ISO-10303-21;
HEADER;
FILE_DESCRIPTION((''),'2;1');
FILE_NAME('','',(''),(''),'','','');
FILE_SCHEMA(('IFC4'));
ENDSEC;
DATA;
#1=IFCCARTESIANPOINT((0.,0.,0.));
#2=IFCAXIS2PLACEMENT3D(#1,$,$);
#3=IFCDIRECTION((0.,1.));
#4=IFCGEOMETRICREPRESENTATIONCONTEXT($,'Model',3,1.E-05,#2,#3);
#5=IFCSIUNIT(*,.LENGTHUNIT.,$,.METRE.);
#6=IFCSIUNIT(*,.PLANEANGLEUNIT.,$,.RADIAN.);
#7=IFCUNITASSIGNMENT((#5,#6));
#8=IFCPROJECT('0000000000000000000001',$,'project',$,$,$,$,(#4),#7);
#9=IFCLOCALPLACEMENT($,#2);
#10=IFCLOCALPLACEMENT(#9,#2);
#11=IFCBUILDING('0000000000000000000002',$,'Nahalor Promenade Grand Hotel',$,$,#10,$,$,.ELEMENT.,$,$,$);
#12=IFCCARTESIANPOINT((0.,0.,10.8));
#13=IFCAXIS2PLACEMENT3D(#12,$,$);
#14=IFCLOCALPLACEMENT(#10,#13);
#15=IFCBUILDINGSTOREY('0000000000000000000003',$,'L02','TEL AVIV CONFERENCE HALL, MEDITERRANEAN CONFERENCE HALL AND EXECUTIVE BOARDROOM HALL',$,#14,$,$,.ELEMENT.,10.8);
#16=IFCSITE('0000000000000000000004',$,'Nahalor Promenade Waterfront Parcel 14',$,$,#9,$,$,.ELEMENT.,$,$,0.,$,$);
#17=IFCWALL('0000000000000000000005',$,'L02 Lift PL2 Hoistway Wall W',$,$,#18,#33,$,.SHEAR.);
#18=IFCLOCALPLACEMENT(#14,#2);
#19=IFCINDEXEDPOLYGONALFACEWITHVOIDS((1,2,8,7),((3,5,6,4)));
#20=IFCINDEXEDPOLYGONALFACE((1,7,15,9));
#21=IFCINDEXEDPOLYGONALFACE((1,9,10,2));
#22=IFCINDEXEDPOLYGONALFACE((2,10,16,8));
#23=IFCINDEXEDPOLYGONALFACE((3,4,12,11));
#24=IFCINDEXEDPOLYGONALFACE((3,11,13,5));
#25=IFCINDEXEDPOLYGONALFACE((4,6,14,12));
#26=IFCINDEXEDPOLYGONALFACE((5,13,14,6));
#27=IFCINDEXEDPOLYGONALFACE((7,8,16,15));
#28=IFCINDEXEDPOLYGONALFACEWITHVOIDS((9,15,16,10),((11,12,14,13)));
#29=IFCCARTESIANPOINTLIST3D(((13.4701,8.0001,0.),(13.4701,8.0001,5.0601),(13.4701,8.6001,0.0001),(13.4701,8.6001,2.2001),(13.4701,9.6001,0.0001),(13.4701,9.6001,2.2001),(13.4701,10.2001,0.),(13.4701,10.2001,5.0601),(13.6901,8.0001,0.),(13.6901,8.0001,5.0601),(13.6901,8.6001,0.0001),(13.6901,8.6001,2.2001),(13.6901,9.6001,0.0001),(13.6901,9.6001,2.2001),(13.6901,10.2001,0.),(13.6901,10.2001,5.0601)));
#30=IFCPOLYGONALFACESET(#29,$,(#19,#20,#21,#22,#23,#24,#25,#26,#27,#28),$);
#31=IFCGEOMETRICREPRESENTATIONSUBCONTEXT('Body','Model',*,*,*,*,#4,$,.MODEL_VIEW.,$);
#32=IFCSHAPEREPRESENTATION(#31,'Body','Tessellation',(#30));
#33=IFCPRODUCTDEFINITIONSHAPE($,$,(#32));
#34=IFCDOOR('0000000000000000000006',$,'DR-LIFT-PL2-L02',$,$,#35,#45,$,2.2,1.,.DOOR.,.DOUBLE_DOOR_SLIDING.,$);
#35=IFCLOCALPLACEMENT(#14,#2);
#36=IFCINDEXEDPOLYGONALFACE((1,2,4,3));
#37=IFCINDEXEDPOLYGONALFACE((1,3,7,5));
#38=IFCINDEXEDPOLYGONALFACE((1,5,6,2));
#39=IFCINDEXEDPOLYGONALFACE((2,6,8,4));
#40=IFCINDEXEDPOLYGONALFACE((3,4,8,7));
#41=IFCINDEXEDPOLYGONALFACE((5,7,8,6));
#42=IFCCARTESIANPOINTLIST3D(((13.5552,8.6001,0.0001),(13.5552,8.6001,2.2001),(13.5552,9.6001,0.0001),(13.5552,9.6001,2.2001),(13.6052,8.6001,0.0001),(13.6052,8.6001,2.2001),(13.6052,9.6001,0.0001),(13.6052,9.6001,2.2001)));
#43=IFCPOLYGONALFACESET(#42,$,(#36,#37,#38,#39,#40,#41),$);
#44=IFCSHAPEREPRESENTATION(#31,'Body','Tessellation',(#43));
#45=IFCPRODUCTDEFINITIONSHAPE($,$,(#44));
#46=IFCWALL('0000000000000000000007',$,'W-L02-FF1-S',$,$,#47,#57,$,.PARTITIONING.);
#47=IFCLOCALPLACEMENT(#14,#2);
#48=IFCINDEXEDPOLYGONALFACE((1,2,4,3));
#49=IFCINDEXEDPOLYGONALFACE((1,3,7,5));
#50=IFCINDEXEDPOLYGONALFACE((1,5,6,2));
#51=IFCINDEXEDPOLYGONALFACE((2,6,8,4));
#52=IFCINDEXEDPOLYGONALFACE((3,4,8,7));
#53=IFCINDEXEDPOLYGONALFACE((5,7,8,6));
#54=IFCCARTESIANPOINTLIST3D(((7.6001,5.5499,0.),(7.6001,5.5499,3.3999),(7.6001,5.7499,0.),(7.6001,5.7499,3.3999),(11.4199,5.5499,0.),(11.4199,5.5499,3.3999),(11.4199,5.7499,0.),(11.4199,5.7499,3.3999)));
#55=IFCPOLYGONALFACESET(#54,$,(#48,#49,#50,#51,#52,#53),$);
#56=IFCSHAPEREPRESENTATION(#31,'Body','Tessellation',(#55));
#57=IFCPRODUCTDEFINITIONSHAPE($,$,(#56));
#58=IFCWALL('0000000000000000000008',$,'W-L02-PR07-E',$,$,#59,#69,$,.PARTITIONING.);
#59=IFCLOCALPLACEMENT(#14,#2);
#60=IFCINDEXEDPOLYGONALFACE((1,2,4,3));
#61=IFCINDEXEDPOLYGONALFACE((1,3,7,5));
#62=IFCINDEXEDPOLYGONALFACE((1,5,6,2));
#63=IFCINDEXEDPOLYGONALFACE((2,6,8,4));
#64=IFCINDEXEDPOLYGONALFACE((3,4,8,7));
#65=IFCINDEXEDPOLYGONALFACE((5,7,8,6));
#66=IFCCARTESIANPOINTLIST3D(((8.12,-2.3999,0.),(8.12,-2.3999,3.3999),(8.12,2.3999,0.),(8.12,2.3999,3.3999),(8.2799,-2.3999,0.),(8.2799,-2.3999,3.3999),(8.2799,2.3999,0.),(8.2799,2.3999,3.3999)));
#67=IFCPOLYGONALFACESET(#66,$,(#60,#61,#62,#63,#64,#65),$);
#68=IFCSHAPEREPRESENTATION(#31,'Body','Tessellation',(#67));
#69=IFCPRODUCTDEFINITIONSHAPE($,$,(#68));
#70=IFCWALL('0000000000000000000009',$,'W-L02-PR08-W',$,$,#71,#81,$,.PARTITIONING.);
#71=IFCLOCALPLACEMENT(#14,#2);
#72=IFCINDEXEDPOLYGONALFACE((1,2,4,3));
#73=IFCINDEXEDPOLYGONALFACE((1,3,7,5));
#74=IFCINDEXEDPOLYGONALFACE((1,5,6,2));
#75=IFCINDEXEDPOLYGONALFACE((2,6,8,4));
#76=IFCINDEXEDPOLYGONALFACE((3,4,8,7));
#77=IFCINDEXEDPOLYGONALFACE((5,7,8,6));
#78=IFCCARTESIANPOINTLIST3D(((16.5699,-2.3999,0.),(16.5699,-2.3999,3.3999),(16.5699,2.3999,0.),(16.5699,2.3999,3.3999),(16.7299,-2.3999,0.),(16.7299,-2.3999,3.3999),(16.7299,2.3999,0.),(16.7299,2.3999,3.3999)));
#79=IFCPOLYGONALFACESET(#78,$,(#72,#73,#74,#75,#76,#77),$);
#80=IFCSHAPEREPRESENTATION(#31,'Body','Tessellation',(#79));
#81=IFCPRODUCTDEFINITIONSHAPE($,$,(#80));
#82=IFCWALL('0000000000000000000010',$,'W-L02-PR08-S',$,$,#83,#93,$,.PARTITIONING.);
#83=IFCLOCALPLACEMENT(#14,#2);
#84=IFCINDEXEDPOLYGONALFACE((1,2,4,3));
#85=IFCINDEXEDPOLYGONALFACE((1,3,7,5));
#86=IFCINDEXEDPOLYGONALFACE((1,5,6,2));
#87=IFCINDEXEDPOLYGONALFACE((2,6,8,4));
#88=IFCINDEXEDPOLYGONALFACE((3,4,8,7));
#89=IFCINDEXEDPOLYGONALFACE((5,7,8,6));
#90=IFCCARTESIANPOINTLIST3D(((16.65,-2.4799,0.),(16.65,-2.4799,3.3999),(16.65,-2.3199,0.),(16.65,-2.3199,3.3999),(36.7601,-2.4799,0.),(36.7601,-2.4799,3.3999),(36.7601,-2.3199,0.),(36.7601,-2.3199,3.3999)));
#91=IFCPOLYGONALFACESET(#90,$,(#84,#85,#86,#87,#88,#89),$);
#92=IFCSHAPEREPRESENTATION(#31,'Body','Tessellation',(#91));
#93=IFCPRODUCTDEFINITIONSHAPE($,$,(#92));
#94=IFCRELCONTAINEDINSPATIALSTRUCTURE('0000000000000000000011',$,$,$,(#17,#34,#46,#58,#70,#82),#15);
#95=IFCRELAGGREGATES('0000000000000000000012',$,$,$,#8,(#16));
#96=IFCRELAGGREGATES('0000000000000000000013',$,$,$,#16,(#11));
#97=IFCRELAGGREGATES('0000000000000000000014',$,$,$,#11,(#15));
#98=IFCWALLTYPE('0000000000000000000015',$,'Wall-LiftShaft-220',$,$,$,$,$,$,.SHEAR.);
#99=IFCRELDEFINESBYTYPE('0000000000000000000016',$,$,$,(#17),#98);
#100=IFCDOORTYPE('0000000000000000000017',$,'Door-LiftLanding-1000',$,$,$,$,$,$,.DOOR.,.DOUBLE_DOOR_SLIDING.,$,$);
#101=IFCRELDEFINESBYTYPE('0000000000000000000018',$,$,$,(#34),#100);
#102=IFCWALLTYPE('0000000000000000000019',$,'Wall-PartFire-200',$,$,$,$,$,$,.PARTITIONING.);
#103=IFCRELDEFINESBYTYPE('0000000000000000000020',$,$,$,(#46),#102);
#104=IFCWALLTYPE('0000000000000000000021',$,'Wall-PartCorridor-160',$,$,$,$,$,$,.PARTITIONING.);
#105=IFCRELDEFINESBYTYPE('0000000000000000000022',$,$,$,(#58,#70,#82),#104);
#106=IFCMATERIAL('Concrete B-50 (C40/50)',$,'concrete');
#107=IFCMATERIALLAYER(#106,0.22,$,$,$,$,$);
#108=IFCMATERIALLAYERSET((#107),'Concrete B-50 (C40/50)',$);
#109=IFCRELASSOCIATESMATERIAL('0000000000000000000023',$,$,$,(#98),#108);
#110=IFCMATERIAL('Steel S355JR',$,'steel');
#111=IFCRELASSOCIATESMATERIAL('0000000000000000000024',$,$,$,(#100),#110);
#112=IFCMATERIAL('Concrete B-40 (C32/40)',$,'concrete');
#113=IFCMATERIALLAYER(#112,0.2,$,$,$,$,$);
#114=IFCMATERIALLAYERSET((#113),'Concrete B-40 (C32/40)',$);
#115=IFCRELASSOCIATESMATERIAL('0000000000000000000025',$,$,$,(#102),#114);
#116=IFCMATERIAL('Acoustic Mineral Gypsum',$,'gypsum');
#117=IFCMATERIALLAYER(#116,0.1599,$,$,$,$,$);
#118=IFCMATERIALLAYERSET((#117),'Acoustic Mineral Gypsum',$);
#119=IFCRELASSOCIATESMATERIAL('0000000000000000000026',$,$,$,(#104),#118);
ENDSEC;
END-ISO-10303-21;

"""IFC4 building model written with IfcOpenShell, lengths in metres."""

from ifc_helpers import new_model, si_unit, direction, frame, frame_2d, origin, place, context, subcontext, project, spatial, rectangle, extrude, source, transform, mapped, material, layer, layer_set, type_object, element, fill, save


model = new_model("IFC4")

# Units and contexts
model_context = context("Model", 3, precision=1e-05, world=origin(), true_north=direction((0.0, 1.0)))
body_context = subcontext(model_context, "Body", "Model", "MODEL_VIEW")
ifc_project = project(units=[si_unit("LENGTHUNIT", "METRE"), si_unit("PLANEANGLEUNIT", "RADIAN")], contexts=[model_context])

# Site, building, storey
site_placement = place(None, origin())
site = spatial("IfcSite", under=ifc_project, at=site_placement, Name="Nahalor Promenade Waterfront Parcel 14", CompositionType="ELEMENT", RefElevation=0.0)
building_placement = place(site_placement, origin())
building = spatial("IfcBuilding", under=site, at=building_placement, Name="Nahalor Promenade Grand Hotel", CompositionType="ELEMENT")
storey_placement = place(building_placement, frame((0.0, 0.0, 10.8)))
storey = spatial("IfcBuildingStorey", under=building, at=storey_placement, Name="L02", Description="TEL AVIV CONFERENCE HALL, MEDITERRANEAN CONFERENCE HALL AND EXECUTIVE BOARDROOM HALL", CompositionType="ELEMENT", Elevation=10.8)

# Shared definitions
ifc_material_1 = material(Name="Steel S355JR", Category="steel")

# Shared definitions
ifc_material_2 = material(Name="Concrete B-50 (C40/50)", Category="concrete")
ifc_layer_1 = layer(ifc_material_2, 0.22)
ifc_layer_set_1 = layer_set([ifc_layer_1], Name="Concrete B-50 (C40/50)")
wall_type_1 = type_object("IfcWallType", Name="Wall-LiftShaft-220", PredefinedType="SHEAR", material=ifc_layer_set_1)
door_type_1 = type_object("IfcDoorType", Name="Door-LiftLanding-1000", OperationType="DOUBLE_DOOR_SLIDING", PredefinedType="DOOR", material=ifc_material_1)
shared_shape_1 = source(origin(), body_context, "Body", "SweptSolid", [
    extrude(rectangle(XDim=1.0, YDim=2.2, at=frame_2d((0.5, 1.1001))), frame((0.0, 0.0249, 0.0), z_axis=(0.0, -1.0, 0.0), x_axis=(1.0, 0.0, 0.0)), (0.0, 0.0, 1.0), 0.05),
])

# Wall, opening, door
shared_shape_2 = source(origin(), body_context, "Body", "SweptSolid", [
    extrude(rectangle(XDim=2.2, YDim=0.22, at=frame_2d((1.1001, 0.0))), origin(), (0.0, 0.0, 1.0), 5.0601),
])
wall_1_placement = place(storey_placement, frame((13.5801, 8.0, 0.0), z_axis=(0.0, 0.0, 1.0), x_axis=(0.0, 1.0, 0.0)))
wall_1 = element("IfcWall", 1, at=wall_1_placement, inside=storey, type_object=wall_type_1, Name="L02 Lift PL2 Hoistway Wall W", PredefinedType="SHEAR", context=body_context, shape_type="MappedRepresentation", body=[
    mapped(shared_shape_2, transform((0.0, 0.0, 0.0), scale=1.0)),
])
opening_1_placement = place(wall_1_placement, frame((0.6001, 0.0, 0.0)))
opening_1 = element("IfcOpeningElement", 2, at=opening_1_placement, cuts=wall_1, PredefinedType="OPENING", context=body_context, shape_type="SweptSolid", body=[
    extrude(rectangle(XDim=1.0, YDim=2.2, at=frame_2d((0.5, 1.1001))), frame((0.0, 0.1199, 0.0), z_axis=(0.0, -1.0, 0.0), x_axis=(1.0, 0.0, 0.0)), (0.0, 0.0, 1.0), 0.24),
])
door_1_placement = place(opening_1_placement, origin())
door_1 = element("IfcDoor", 3, at=door_1_placement, inside=storey, type_object=door_type_1, Name="DR-LIFT-PL2-L02", OperationType="DOUBLE_DOOR_SLIDING", OverallHeight=2.2, OverallWidth=1.0, PredefinedType="DOOR", context=body_context, shape_type="MappedRepresentation", body=[
    mapped(shared_shape_1, transform((0.0, 0.0, 0.0), scale=1.0)),
])
fill(opening_1, door_1)

# Wall
ifc_material_3 = material(Name="Concrete B-40 (C32/40)", Category="concrete")
ifc_layer_2 = layer(ifc_material_3, 0.2)
ifc_layer_set_2 = layer_set([ifc_layer_2], Name="Concrete B-40 (C32/40)")
wall_type_2 = type_object("IfcWallType", Name="Wall-PartFire-200", PredefinedType="PARTITIONING", material=ifc_layer_set_2)
shared_shape_3 = source(origin(), body_context, "Body", "SweptSolid", [
    extrude(rectangle(XDim=3.8198, YDim=0.2, at=frame_2d((1.9099, 0.0))), origin(), (0.0, 0.0, 1.0), 3.3999),
])
wall_2_placement = place(storey_placement, frame((7.6001, 5.6499, 0.0), z_axis=(0.0, 0.0, 1.0), x_axis=(1.0, 0.0, 0.0)))
element("IfcWall", 4, at=wall_2_placement, inside=storey, type_object=wall_type_2, Name="W-L02-FF1-S", PredefinedType="PARTITIONING", context=body_context, shape_type="MappedRepresentation", body=[
    mapped(shared_shape_3, transform((0.0, 0.0, 0.0), scale=1.0)),
])

# Walls
ifc_material_4 = material(Name="Acoustic Mineral Gypsum", Category="gypsum")
ifc_layer_3 = layer(ifc_material_4, 0.1599)
ifc_layer_set_3 = layer_set([ifc_layer_3], Name="Acoustic Mineral Gypsum")
wall_type_3 = type_object("IfcWallType", Name="Wall-PartCorridor-160", PredefinedType="PARTITIONING", material=ifc_layer_set_3)
shared_shape_4 = source(origin(), body_context, "Body", "SweptSolid", [
    extrude(rectangle(XDim=4.7998, YDim=0.1599, at=frame_2d((2.3999, 0.0))), origin(), (0.0, 0.0, 1.0), 3.3999),
])
for number, where, z_axis, x_axis, name in (
    (5, (8.2, -2.3999, 0.0), (0.0, 0.0, 1.0), (0.0, 1.0, 0.0), "W-L02-PR07-E"),
    (6, (16.6499, -2.3999, 0.0), (0.0, 0.0, 1.0), (0.0, 1.0, 0.0), "W-L02-PR08-W"),
):
    element("IfcWall", number, at=place(storey_placement, frame(where, z_axis=z_axis, x_axis=x_axis)), inside=storey, type_object=wall_type_3, Name=name, PredefinedType="PARTITIONING", context=body_context, shape_type="MappedRepresentation", body=[
        mapped(shared_shape_4, transform((0.0, 0.0, 0.0), scale=1.0)),
    ])
shared_shape_5 = source(origin(), body_context, "Body", "SweptSolid", [
    extrude(rectangle(XDim=20.1101, YDim=0.1599, at=frame_2d((10.0552, 0.0))), origin(), (0.0, 0.0, 1.0), 3.3999),
])
wall_3_placement = place(storey_placement, frame((16.6499, -2.3999, 0.0), z_axis=(0.0, 0.0, 1.0), x_axis=(1.0, 0.0, 0.0)))
element("IfcWall", 7, at=wall_3_placement, inside=storey, type_object=wall_type_3, Name="W-L02-PR08-S", PredefinedType="PARTITIONING", context=body_context, shape_type="MappedRepresentation", body=[
    mapped(shared_shape_5, transform((0.0, 0.0, 0.0), scale=1.0)),
])

save(model, "model.ifc")
